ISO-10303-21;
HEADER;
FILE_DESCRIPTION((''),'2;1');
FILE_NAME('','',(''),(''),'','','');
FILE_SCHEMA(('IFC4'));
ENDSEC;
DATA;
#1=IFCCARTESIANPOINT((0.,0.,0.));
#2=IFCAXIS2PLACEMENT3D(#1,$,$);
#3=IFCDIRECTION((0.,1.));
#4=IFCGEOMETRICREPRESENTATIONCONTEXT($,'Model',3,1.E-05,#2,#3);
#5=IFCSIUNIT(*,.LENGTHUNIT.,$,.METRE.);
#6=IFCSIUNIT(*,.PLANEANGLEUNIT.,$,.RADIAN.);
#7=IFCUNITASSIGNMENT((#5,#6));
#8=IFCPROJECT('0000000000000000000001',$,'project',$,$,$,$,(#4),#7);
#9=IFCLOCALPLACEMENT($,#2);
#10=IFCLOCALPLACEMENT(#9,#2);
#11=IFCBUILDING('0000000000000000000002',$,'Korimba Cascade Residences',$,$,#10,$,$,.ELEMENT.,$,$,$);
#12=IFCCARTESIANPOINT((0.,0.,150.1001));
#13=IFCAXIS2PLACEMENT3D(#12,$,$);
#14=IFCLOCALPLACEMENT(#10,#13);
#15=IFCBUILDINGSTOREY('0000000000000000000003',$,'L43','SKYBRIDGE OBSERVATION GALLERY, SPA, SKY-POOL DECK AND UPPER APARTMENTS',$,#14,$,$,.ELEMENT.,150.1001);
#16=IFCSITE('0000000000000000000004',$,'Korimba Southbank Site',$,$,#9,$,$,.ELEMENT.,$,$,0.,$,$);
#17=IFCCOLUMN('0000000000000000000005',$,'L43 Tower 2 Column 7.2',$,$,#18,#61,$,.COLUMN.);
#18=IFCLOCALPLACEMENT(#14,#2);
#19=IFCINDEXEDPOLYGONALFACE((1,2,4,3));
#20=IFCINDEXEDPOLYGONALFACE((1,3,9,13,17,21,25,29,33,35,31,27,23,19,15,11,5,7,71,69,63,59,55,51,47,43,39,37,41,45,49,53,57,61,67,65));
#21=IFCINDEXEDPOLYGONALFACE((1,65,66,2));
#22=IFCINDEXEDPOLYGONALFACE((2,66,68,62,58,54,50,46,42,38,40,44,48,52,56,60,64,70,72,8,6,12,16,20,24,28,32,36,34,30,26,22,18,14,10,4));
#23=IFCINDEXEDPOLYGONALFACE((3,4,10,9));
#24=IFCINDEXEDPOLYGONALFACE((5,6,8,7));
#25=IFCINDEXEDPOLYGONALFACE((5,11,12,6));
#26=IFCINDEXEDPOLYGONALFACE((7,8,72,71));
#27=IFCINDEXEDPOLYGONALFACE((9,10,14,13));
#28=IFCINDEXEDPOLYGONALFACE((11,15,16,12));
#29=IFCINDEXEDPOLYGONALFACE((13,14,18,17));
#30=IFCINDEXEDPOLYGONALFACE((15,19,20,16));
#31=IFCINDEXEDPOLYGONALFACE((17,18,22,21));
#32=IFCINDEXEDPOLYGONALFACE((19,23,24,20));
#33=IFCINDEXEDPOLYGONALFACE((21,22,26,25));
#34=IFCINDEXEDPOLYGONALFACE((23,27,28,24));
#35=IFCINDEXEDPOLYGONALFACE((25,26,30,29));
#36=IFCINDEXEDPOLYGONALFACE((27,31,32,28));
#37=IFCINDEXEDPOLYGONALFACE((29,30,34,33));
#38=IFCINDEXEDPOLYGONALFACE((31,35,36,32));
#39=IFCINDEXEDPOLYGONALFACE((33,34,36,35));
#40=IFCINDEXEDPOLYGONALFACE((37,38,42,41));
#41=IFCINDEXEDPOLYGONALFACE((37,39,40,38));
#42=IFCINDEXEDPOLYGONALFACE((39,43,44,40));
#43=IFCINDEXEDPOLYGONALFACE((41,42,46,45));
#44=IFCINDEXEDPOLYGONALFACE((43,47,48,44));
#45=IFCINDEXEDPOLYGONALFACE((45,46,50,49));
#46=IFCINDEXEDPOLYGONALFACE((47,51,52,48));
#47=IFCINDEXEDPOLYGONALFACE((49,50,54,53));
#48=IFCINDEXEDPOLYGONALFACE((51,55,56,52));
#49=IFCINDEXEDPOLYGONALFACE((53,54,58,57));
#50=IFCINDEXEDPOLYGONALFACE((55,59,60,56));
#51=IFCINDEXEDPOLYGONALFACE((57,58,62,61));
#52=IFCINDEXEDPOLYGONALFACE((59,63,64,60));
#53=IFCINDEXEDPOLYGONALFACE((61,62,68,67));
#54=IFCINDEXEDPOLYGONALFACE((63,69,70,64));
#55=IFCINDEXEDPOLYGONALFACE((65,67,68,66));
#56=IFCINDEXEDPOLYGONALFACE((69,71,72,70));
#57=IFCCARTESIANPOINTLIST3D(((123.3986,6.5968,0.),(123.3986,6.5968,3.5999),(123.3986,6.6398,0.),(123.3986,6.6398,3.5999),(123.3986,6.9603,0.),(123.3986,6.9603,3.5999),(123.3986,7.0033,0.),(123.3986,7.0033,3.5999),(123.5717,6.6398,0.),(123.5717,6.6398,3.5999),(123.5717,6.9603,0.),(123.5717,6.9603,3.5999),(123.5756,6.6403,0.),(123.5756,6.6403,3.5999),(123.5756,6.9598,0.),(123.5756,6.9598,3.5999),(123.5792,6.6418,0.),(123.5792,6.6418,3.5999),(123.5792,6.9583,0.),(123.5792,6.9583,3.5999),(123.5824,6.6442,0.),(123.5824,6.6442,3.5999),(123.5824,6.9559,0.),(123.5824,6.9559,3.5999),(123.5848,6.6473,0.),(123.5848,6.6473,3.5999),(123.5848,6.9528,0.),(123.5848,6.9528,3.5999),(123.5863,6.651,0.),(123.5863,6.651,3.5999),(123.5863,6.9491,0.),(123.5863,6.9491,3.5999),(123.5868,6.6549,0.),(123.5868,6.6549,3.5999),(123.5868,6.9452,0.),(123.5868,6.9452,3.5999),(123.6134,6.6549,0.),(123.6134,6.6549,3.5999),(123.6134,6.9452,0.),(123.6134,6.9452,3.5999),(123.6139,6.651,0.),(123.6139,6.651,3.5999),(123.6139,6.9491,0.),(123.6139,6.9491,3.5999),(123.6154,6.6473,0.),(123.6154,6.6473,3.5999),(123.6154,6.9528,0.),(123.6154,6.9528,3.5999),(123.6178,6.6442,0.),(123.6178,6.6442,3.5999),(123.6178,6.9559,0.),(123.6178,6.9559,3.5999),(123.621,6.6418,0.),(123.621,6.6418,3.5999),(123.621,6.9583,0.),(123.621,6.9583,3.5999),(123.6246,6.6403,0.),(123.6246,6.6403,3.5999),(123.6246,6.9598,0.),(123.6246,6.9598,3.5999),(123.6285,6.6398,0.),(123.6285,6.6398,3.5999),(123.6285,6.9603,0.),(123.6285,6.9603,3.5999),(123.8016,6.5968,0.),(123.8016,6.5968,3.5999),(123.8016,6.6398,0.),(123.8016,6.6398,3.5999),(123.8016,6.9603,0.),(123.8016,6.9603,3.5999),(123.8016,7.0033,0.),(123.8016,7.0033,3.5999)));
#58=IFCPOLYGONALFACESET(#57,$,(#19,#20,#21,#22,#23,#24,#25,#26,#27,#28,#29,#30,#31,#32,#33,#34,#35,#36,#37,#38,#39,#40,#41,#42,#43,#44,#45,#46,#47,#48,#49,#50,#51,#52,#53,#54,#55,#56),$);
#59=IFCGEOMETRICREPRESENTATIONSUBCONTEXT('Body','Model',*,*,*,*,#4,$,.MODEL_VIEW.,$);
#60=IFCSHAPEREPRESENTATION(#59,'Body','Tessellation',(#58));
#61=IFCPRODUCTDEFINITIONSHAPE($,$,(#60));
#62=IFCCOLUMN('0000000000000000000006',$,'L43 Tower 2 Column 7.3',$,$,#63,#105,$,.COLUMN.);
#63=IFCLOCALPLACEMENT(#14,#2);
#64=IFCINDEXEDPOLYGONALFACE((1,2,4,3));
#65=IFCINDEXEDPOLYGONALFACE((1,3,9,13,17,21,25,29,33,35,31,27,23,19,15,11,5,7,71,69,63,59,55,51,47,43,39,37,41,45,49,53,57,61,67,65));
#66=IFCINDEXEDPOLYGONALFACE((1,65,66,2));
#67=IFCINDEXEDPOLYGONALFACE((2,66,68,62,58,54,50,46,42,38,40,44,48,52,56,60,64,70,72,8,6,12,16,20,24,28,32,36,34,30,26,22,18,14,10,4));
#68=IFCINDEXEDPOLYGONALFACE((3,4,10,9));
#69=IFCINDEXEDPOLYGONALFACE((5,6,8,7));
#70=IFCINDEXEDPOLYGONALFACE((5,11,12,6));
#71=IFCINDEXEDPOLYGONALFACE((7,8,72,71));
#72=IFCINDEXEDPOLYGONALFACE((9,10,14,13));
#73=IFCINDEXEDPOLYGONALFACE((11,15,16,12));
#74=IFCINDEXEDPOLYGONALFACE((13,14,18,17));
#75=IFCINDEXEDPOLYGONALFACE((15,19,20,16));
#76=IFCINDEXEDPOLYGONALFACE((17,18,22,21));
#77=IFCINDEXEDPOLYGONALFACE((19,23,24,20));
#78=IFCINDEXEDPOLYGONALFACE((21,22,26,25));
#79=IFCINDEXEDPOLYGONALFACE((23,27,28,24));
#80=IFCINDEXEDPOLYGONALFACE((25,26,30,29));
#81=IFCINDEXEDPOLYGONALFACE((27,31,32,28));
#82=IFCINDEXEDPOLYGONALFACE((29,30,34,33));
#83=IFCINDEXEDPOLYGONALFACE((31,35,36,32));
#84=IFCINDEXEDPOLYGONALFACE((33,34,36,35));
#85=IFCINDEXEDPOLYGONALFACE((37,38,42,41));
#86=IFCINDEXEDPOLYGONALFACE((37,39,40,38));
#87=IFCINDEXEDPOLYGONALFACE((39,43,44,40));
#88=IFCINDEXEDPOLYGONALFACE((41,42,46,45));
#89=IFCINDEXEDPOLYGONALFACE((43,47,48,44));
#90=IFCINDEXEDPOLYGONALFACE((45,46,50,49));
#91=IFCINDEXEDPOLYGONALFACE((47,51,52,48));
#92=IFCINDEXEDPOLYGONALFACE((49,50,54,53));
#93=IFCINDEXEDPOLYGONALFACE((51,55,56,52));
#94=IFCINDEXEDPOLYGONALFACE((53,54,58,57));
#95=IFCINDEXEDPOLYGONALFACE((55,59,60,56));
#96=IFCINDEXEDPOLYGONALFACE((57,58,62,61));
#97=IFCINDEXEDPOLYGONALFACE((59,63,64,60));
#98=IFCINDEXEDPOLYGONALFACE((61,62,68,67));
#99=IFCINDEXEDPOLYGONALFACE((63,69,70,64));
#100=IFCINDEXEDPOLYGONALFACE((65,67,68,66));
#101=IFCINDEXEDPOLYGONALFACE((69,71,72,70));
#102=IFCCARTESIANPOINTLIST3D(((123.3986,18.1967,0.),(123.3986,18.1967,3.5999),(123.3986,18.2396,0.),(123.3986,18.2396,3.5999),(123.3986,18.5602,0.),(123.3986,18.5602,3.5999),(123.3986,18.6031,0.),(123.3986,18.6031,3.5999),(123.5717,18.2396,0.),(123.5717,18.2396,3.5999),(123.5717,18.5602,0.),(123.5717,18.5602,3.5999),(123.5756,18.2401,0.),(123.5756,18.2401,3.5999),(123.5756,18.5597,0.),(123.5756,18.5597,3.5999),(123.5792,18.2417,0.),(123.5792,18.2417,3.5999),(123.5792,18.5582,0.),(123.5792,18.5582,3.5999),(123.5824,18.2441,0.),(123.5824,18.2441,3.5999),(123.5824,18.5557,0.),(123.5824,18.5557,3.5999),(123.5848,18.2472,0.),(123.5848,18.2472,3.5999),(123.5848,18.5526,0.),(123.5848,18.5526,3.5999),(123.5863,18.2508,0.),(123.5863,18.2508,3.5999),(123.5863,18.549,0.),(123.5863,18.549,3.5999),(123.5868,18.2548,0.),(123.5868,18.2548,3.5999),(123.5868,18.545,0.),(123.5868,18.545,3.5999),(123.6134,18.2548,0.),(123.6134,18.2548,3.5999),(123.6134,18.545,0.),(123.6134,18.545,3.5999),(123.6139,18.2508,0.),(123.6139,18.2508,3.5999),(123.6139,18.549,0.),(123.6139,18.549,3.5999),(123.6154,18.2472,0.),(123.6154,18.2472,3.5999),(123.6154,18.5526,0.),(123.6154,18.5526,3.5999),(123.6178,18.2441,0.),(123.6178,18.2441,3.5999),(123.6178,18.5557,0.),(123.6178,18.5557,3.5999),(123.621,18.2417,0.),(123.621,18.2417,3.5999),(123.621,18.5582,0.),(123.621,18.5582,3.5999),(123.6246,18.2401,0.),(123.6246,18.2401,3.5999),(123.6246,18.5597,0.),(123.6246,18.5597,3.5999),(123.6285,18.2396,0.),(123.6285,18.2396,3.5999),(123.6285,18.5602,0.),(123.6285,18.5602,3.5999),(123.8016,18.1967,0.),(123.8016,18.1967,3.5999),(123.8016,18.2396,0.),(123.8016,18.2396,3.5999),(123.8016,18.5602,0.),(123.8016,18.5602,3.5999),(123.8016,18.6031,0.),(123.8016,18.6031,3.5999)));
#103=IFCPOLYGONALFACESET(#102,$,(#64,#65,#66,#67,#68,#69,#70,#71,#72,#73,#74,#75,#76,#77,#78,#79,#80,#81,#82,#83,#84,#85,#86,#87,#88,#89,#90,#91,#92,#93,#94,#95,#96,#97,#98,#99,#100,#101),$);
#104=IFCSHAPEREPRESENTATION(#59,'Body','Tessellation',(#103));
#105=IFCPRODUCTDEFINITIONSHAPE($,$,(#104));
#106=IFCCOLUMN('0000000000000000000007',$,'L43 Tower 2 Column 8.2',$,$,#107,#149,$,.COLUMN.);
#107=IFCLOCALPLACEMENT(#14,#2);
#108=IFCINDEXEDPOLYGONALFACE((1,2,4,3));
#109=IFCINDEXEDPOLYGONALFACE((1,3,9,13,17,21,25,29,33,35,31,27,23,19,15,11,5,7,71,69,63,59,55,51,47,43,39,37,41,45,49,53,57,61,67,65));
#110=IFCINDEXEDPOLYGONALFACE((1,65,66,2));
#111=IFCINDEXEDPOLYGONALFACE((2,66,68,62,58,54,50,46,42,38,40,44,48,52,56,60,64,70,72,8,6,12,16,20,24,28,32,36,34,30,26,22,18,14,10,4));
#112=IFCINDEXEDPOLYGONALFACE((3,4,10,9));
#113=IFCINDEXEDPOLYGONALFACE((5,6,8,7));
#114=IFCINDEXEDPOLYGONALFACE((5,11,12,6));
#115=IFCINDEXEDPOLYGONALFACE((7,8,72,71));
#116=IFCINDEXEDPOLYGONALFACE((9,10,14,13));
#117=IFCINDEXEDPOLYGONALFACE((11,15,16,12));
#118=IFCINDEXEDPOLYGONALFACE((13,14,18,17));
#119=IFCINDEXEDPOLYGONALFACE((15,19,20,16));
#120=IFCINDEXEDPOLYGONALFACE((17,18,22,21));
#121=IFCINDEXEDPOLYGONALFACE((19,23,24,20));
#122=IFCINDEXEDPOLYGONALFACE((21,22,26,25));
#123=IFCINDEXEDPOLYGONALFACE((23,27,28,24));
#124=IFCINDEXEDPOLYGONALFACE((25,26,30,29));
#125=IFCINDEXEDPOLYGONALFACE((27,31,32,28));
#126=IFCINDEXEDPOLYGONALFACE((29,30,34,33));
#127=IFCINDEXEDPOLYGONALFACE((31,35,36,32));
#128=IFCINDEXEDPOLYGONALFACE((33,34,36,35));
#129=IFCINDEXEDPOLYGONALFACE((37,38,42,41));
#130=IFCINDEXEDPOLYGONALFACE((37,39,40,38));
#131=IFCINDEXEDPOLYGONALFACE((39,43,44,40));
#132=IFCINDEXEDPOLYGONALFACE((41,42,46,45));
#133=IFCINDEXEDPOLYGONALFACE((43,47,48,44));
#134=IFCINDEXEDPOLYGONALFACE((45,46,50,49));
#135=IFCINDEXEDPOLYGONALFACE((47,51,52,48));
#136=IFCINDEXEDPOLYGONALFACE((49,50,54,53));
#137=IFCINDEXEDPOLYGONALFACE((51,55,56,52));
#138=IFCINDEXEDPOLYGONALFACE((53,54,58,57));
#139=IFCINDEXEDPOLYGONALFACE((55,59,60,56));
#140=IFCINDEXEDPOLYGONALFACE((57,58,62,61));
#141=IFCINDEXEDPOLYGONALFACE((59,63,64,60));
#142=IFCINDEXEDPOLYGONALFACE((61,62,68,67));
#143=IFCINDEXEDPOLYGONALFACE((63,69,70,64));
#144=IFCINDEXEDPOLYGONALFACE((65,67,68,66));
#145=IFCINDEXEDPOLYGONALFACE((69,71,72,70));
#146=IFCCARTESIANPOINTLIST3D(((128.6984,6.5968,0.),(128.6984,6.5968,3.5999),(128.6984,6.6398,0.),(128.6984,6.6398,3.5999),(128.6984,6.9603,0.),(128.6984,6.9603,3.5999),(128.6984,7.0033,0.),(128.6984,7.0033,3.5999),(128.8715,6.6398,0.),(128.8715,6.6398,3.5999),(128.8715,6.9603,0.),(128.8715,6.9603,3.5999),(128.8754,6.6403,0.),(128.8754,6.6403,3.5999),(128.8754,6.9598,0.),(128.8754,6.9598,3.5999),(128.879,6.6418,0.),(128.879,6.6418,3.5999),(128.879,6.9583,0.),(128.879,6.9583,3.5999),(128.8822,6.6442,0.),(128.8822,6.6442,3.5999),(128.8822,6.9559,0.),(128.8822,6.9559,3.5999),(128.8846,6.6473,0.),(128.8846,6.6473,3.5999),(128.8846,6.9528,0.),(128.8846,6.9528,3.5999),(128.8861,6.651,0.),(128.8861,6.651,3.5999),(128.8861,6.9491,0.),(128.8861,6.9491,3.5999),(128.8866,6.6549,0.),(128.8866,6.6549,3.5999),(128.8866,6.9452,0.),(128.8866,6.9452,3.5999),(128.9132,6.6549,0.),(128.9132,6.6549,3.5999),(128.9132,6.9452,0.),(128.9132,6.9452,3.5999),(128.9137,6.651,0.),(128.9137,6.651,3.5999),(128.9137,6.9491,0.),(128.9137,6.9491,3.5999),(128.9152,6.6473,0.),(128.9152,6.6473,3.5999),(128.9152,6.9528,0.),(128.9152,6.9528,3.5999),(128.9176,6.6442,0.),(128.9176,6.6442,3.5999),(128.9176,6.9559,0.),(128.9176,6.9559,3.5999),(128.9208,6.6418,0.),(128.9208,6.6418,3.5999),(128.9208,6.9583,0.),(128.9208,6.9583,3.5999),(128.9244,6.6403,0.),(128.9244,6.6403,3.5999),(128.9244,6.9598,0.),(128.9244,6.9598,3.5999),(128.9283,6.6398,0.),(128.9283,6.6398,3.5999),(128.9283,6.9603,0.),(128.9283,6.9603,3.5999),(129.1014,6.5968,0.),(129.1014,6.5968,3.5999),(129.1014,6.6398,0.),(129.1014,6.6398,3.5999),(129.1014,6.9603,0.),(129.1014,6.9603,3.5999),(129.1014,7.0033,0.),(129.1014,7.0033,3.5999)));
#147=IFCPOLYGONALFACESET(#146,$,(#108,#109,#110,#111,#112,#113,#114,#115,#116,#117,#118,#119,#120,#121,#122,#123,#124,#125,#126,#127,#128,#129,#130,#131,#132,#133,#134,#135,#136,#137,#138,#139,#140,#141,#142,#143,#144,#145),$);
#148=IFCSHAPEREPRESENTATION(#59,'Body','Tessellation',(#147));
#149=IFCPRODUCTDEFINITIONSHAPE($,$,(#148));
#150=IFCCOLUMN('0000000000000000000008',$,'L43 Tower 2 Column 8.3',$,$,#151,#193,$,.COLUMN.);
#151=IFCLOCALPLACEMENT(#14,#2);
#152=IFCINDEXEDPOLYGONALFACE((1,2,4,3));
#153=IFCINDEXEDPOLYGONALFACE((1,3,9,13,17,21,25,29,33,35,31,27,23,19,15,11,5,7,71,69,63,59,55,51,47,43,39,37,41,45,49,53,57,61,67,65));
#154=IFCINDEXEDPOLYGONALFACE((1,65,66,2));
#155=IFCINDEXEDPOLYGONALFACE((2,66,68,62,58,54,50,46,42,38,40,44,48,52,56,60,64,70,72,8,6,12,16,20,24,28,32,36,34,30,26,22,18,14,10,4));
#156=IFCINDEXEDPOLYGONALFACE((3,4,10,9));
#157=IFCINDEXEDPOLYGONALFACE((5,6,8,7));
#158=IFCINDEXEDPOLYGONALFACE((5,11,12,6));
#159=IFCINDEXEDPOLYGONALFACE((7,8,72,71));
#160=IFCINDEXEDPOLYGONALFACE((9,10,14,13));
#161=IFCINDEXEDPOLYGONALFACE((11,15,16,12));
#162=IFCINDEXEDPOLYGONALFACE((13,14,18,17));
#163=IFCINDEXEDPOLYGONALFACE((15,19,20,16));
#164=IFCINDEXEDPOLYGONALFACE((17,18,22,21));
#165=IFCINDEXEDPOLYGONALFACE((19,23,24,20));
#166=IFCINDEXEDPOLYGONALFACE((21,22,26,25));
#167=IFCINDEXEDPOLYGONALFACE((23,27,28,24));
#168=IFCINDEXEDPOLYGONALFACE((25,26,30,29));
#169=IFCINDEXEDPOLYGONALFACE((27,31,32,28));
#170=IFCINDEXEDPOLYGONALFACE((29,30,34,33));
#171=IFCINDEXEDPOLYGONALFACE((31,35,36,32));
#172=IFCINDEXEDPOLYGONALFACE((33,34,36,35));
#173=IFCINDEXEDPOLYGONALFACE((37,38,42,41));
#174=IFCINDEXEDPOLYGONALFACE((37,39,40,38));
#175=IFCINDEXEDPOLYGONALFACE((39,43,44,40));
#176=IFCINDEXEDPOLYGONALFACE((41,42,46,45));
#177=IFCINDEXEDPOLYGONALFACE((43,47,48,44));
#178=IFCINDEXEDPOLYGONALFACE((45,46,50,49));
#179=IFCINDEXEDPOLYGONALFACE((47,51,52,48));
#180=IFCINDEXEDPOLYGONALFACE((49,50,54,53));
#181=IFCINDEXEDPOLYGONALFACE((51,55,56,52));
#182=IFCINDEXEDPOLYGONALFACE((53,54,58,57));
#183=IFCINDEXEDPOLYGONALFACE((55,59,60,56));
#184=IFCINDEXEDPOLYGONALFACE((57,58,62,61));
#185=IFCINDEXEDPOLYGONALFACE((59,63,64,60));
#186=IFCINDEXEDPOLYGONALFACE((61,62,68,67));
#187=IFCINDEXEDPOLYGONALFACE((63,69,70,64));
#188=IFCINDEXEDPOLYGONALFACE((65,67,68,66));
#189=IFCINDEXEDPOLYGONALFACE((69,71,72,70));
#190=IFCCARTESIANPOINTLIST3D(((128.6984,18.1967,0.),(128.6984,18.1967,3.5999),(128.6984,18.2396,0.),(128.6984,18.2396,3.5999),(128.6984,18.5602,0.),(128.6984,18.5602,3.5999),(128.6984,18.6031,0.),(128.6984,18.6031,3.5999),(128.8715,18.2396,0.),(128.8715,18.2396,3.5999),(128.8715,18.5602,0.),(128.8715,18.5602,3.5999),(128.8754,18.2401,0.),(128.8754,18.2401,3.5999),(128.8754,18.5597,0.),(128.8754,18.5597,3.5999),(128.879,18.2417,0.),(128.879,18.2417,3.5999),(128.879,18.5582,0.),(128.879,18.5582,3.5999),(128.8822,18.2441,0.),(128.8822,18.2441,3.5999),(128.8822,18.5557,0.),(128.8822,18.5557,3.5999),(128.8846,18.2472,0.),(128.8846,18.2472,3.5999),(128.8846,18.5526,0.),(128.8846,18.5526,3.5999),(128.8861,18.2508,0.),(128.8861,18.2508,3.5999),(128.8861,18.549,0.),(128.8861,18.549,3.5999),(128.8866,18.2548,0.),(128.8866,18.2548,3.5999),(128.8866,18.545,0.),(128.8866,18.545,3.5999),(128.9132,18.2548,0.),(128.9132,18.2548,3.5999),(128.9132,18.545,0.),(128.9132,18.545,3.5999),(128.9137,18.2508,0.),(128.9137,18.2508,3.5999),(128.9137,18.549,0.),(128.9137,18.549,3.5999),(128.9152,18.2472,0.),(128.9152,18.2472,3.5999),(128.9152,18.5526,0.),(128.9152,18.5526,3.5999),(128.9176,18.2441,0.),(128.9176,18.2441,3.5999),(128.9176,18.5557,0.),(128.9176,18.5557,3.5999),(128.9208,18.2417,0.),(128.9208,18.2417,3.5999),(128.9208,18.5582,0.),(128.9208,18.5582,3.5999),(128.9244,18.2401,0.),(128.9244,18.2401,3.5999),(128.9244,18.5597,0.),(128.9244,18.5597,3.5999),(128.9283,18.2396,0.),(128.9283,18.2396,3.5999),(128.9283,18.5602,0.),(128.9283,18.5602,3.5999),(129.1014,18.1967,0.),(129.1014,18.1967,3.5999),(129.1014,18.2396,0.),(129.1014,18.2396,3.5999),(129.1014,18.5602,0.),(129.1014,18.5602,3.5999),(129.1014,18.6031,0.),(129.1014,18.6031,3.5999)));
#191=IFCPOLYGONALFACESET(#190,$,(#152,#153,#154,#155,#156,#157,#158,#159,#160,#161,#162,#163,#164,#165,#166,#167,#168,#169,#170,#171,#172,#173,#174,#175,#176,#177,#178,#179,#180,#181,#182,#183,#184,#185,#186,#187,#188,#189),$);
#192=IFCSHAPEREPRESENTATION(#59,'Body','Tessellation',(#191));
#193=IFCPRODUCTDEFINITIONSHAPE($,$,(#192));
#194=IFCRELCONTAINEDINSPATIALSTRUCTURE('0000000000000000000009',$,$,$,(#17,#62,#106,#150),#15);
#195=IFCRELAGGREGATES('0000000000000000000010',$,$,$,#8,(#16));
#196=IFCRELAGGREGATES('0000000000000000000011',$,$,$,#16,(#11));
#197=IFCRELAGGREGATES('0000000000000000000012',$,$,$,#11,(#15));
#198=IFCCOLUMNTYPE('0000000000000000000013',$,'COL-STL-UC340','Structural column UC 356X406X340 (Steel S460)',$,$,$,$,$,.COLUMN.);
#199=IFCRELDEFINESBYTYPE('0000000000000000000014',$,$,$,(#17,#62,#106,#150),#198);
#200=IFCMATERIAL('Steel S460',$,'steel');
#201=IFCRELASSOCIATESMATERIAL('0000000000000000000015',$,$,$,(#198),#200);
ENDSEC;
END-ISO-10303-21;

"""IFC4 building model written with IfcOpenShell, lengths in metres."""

from ifc_helpers import new_model, si_unit, direction, frame, origin, origin_2d, place, context, subcontext, project, spatial, i_section, extrude, material, material_profile, profile_set, type_object, element, save


model = new_model("IFC4")

# Units and contexts
model_context = context("Model", 3, precision=1e-05, world=origin(), true_north=direction((0.0, 1.0)))
body_context = subcontext(model_context, "Body", "Model", "MODEL_VIEW")
ifc_project = project(units=[si_unit("LENGTHUNIT", "METRE"), si_unit("PLANEANGLEUNIT", "RADIAN")], contexts=[model_context])

# Site, building, storey
site_placement = place(None, origin())
site = spatial("IfcSite", under=ifc_project, at=site_placement, Name="Korimba Southbank Site", CompositionType="ELEMENT", RefElevation=0.0)
building_placement = place(site_placement, origin())
building = spatial("IfcBuilding", under=site, at=building_placement, Name="Korimba Cascade Residences", CompositionType="ELEMENT")
storey_placement = place(building_placement, frame((0.0, 0.0, 150.1001)))
storey = spatial("IfcBuildingStorey", under=building, at=storey_placement, Name="L43", Description="SKYBRIDGE OBSERVATION GALLERY, SPA, SKY-POOL DECK AND UPPER APARTMENTS", CompositionType="ELEMENT", Elevation=150.1001)

# Columns
ifc_material_1 = material(Name="Steel S460", Category="steel")
ifc_material_profile_1 = material_profile(ifc_material_1, i_section(OverallWidth=0.4031, OverallDepth=0.4065, WebThickness=0.0266, FlangeThickness=0.043, FilletRadius=0.0151, at=origin_2d()), Name="Steel S460")
ifc_profile_set_1 = profile_set([ifc_material_profile_1], Name="Steel S460")
column_type = type_object("IfcColumnType", Name="COL-STL-UC340", Description="Structural column UC 356X406X340 (Steel S460)", PredefinedType="COLUMN", material=ifc_profile_set_1)
for number, where, z_axis, x_axis, name in (
    (1, (123.6001, 6.8, 0.0), (0.0, 0.0, 1.0), (1.0, 0.0, 0.0), "L43 Tower 2 Column 7.2"),
    (2, (123.6001, 18.3999, 0.0), (0.0, 0.0, 1.0), (1.0, 0.0, 0.0), "L43 Tower 2 Column 7.3"),
    (3, (128.8999, 6.8, 0.0), (0.0, 0.0, 1.0), (1.0, 0.0, 0.0), "L43 Tower 2 Column 8.2"),
    (4, (128.8999, 18.3999, 0.0), (0.0, 0.0, 1.0), (1.0, 0.0, 0.0), "L43 Tower 2 Column 8.3"),
):
    element("IfcColumn", number, at=place(storey_placement, frame(where, z_axis=z_axis, x_axis=x_axis)), inside=storey, type_object=column_type, Name=name, PredefinedType="COLUMN", context=body_context, shape_type="SweptSolid", body=[
        extrude(i_section(OverallWidth=0.4031, OverallDepth=0.4065, WebThickness=0.0266, FlangeThickness=0.043, FilletRadius=0.0151, at=origin_2d()), origin(), (0.0, 0.0, 1.0), 3.5999),
    ])

save(model, "model.ifc")
